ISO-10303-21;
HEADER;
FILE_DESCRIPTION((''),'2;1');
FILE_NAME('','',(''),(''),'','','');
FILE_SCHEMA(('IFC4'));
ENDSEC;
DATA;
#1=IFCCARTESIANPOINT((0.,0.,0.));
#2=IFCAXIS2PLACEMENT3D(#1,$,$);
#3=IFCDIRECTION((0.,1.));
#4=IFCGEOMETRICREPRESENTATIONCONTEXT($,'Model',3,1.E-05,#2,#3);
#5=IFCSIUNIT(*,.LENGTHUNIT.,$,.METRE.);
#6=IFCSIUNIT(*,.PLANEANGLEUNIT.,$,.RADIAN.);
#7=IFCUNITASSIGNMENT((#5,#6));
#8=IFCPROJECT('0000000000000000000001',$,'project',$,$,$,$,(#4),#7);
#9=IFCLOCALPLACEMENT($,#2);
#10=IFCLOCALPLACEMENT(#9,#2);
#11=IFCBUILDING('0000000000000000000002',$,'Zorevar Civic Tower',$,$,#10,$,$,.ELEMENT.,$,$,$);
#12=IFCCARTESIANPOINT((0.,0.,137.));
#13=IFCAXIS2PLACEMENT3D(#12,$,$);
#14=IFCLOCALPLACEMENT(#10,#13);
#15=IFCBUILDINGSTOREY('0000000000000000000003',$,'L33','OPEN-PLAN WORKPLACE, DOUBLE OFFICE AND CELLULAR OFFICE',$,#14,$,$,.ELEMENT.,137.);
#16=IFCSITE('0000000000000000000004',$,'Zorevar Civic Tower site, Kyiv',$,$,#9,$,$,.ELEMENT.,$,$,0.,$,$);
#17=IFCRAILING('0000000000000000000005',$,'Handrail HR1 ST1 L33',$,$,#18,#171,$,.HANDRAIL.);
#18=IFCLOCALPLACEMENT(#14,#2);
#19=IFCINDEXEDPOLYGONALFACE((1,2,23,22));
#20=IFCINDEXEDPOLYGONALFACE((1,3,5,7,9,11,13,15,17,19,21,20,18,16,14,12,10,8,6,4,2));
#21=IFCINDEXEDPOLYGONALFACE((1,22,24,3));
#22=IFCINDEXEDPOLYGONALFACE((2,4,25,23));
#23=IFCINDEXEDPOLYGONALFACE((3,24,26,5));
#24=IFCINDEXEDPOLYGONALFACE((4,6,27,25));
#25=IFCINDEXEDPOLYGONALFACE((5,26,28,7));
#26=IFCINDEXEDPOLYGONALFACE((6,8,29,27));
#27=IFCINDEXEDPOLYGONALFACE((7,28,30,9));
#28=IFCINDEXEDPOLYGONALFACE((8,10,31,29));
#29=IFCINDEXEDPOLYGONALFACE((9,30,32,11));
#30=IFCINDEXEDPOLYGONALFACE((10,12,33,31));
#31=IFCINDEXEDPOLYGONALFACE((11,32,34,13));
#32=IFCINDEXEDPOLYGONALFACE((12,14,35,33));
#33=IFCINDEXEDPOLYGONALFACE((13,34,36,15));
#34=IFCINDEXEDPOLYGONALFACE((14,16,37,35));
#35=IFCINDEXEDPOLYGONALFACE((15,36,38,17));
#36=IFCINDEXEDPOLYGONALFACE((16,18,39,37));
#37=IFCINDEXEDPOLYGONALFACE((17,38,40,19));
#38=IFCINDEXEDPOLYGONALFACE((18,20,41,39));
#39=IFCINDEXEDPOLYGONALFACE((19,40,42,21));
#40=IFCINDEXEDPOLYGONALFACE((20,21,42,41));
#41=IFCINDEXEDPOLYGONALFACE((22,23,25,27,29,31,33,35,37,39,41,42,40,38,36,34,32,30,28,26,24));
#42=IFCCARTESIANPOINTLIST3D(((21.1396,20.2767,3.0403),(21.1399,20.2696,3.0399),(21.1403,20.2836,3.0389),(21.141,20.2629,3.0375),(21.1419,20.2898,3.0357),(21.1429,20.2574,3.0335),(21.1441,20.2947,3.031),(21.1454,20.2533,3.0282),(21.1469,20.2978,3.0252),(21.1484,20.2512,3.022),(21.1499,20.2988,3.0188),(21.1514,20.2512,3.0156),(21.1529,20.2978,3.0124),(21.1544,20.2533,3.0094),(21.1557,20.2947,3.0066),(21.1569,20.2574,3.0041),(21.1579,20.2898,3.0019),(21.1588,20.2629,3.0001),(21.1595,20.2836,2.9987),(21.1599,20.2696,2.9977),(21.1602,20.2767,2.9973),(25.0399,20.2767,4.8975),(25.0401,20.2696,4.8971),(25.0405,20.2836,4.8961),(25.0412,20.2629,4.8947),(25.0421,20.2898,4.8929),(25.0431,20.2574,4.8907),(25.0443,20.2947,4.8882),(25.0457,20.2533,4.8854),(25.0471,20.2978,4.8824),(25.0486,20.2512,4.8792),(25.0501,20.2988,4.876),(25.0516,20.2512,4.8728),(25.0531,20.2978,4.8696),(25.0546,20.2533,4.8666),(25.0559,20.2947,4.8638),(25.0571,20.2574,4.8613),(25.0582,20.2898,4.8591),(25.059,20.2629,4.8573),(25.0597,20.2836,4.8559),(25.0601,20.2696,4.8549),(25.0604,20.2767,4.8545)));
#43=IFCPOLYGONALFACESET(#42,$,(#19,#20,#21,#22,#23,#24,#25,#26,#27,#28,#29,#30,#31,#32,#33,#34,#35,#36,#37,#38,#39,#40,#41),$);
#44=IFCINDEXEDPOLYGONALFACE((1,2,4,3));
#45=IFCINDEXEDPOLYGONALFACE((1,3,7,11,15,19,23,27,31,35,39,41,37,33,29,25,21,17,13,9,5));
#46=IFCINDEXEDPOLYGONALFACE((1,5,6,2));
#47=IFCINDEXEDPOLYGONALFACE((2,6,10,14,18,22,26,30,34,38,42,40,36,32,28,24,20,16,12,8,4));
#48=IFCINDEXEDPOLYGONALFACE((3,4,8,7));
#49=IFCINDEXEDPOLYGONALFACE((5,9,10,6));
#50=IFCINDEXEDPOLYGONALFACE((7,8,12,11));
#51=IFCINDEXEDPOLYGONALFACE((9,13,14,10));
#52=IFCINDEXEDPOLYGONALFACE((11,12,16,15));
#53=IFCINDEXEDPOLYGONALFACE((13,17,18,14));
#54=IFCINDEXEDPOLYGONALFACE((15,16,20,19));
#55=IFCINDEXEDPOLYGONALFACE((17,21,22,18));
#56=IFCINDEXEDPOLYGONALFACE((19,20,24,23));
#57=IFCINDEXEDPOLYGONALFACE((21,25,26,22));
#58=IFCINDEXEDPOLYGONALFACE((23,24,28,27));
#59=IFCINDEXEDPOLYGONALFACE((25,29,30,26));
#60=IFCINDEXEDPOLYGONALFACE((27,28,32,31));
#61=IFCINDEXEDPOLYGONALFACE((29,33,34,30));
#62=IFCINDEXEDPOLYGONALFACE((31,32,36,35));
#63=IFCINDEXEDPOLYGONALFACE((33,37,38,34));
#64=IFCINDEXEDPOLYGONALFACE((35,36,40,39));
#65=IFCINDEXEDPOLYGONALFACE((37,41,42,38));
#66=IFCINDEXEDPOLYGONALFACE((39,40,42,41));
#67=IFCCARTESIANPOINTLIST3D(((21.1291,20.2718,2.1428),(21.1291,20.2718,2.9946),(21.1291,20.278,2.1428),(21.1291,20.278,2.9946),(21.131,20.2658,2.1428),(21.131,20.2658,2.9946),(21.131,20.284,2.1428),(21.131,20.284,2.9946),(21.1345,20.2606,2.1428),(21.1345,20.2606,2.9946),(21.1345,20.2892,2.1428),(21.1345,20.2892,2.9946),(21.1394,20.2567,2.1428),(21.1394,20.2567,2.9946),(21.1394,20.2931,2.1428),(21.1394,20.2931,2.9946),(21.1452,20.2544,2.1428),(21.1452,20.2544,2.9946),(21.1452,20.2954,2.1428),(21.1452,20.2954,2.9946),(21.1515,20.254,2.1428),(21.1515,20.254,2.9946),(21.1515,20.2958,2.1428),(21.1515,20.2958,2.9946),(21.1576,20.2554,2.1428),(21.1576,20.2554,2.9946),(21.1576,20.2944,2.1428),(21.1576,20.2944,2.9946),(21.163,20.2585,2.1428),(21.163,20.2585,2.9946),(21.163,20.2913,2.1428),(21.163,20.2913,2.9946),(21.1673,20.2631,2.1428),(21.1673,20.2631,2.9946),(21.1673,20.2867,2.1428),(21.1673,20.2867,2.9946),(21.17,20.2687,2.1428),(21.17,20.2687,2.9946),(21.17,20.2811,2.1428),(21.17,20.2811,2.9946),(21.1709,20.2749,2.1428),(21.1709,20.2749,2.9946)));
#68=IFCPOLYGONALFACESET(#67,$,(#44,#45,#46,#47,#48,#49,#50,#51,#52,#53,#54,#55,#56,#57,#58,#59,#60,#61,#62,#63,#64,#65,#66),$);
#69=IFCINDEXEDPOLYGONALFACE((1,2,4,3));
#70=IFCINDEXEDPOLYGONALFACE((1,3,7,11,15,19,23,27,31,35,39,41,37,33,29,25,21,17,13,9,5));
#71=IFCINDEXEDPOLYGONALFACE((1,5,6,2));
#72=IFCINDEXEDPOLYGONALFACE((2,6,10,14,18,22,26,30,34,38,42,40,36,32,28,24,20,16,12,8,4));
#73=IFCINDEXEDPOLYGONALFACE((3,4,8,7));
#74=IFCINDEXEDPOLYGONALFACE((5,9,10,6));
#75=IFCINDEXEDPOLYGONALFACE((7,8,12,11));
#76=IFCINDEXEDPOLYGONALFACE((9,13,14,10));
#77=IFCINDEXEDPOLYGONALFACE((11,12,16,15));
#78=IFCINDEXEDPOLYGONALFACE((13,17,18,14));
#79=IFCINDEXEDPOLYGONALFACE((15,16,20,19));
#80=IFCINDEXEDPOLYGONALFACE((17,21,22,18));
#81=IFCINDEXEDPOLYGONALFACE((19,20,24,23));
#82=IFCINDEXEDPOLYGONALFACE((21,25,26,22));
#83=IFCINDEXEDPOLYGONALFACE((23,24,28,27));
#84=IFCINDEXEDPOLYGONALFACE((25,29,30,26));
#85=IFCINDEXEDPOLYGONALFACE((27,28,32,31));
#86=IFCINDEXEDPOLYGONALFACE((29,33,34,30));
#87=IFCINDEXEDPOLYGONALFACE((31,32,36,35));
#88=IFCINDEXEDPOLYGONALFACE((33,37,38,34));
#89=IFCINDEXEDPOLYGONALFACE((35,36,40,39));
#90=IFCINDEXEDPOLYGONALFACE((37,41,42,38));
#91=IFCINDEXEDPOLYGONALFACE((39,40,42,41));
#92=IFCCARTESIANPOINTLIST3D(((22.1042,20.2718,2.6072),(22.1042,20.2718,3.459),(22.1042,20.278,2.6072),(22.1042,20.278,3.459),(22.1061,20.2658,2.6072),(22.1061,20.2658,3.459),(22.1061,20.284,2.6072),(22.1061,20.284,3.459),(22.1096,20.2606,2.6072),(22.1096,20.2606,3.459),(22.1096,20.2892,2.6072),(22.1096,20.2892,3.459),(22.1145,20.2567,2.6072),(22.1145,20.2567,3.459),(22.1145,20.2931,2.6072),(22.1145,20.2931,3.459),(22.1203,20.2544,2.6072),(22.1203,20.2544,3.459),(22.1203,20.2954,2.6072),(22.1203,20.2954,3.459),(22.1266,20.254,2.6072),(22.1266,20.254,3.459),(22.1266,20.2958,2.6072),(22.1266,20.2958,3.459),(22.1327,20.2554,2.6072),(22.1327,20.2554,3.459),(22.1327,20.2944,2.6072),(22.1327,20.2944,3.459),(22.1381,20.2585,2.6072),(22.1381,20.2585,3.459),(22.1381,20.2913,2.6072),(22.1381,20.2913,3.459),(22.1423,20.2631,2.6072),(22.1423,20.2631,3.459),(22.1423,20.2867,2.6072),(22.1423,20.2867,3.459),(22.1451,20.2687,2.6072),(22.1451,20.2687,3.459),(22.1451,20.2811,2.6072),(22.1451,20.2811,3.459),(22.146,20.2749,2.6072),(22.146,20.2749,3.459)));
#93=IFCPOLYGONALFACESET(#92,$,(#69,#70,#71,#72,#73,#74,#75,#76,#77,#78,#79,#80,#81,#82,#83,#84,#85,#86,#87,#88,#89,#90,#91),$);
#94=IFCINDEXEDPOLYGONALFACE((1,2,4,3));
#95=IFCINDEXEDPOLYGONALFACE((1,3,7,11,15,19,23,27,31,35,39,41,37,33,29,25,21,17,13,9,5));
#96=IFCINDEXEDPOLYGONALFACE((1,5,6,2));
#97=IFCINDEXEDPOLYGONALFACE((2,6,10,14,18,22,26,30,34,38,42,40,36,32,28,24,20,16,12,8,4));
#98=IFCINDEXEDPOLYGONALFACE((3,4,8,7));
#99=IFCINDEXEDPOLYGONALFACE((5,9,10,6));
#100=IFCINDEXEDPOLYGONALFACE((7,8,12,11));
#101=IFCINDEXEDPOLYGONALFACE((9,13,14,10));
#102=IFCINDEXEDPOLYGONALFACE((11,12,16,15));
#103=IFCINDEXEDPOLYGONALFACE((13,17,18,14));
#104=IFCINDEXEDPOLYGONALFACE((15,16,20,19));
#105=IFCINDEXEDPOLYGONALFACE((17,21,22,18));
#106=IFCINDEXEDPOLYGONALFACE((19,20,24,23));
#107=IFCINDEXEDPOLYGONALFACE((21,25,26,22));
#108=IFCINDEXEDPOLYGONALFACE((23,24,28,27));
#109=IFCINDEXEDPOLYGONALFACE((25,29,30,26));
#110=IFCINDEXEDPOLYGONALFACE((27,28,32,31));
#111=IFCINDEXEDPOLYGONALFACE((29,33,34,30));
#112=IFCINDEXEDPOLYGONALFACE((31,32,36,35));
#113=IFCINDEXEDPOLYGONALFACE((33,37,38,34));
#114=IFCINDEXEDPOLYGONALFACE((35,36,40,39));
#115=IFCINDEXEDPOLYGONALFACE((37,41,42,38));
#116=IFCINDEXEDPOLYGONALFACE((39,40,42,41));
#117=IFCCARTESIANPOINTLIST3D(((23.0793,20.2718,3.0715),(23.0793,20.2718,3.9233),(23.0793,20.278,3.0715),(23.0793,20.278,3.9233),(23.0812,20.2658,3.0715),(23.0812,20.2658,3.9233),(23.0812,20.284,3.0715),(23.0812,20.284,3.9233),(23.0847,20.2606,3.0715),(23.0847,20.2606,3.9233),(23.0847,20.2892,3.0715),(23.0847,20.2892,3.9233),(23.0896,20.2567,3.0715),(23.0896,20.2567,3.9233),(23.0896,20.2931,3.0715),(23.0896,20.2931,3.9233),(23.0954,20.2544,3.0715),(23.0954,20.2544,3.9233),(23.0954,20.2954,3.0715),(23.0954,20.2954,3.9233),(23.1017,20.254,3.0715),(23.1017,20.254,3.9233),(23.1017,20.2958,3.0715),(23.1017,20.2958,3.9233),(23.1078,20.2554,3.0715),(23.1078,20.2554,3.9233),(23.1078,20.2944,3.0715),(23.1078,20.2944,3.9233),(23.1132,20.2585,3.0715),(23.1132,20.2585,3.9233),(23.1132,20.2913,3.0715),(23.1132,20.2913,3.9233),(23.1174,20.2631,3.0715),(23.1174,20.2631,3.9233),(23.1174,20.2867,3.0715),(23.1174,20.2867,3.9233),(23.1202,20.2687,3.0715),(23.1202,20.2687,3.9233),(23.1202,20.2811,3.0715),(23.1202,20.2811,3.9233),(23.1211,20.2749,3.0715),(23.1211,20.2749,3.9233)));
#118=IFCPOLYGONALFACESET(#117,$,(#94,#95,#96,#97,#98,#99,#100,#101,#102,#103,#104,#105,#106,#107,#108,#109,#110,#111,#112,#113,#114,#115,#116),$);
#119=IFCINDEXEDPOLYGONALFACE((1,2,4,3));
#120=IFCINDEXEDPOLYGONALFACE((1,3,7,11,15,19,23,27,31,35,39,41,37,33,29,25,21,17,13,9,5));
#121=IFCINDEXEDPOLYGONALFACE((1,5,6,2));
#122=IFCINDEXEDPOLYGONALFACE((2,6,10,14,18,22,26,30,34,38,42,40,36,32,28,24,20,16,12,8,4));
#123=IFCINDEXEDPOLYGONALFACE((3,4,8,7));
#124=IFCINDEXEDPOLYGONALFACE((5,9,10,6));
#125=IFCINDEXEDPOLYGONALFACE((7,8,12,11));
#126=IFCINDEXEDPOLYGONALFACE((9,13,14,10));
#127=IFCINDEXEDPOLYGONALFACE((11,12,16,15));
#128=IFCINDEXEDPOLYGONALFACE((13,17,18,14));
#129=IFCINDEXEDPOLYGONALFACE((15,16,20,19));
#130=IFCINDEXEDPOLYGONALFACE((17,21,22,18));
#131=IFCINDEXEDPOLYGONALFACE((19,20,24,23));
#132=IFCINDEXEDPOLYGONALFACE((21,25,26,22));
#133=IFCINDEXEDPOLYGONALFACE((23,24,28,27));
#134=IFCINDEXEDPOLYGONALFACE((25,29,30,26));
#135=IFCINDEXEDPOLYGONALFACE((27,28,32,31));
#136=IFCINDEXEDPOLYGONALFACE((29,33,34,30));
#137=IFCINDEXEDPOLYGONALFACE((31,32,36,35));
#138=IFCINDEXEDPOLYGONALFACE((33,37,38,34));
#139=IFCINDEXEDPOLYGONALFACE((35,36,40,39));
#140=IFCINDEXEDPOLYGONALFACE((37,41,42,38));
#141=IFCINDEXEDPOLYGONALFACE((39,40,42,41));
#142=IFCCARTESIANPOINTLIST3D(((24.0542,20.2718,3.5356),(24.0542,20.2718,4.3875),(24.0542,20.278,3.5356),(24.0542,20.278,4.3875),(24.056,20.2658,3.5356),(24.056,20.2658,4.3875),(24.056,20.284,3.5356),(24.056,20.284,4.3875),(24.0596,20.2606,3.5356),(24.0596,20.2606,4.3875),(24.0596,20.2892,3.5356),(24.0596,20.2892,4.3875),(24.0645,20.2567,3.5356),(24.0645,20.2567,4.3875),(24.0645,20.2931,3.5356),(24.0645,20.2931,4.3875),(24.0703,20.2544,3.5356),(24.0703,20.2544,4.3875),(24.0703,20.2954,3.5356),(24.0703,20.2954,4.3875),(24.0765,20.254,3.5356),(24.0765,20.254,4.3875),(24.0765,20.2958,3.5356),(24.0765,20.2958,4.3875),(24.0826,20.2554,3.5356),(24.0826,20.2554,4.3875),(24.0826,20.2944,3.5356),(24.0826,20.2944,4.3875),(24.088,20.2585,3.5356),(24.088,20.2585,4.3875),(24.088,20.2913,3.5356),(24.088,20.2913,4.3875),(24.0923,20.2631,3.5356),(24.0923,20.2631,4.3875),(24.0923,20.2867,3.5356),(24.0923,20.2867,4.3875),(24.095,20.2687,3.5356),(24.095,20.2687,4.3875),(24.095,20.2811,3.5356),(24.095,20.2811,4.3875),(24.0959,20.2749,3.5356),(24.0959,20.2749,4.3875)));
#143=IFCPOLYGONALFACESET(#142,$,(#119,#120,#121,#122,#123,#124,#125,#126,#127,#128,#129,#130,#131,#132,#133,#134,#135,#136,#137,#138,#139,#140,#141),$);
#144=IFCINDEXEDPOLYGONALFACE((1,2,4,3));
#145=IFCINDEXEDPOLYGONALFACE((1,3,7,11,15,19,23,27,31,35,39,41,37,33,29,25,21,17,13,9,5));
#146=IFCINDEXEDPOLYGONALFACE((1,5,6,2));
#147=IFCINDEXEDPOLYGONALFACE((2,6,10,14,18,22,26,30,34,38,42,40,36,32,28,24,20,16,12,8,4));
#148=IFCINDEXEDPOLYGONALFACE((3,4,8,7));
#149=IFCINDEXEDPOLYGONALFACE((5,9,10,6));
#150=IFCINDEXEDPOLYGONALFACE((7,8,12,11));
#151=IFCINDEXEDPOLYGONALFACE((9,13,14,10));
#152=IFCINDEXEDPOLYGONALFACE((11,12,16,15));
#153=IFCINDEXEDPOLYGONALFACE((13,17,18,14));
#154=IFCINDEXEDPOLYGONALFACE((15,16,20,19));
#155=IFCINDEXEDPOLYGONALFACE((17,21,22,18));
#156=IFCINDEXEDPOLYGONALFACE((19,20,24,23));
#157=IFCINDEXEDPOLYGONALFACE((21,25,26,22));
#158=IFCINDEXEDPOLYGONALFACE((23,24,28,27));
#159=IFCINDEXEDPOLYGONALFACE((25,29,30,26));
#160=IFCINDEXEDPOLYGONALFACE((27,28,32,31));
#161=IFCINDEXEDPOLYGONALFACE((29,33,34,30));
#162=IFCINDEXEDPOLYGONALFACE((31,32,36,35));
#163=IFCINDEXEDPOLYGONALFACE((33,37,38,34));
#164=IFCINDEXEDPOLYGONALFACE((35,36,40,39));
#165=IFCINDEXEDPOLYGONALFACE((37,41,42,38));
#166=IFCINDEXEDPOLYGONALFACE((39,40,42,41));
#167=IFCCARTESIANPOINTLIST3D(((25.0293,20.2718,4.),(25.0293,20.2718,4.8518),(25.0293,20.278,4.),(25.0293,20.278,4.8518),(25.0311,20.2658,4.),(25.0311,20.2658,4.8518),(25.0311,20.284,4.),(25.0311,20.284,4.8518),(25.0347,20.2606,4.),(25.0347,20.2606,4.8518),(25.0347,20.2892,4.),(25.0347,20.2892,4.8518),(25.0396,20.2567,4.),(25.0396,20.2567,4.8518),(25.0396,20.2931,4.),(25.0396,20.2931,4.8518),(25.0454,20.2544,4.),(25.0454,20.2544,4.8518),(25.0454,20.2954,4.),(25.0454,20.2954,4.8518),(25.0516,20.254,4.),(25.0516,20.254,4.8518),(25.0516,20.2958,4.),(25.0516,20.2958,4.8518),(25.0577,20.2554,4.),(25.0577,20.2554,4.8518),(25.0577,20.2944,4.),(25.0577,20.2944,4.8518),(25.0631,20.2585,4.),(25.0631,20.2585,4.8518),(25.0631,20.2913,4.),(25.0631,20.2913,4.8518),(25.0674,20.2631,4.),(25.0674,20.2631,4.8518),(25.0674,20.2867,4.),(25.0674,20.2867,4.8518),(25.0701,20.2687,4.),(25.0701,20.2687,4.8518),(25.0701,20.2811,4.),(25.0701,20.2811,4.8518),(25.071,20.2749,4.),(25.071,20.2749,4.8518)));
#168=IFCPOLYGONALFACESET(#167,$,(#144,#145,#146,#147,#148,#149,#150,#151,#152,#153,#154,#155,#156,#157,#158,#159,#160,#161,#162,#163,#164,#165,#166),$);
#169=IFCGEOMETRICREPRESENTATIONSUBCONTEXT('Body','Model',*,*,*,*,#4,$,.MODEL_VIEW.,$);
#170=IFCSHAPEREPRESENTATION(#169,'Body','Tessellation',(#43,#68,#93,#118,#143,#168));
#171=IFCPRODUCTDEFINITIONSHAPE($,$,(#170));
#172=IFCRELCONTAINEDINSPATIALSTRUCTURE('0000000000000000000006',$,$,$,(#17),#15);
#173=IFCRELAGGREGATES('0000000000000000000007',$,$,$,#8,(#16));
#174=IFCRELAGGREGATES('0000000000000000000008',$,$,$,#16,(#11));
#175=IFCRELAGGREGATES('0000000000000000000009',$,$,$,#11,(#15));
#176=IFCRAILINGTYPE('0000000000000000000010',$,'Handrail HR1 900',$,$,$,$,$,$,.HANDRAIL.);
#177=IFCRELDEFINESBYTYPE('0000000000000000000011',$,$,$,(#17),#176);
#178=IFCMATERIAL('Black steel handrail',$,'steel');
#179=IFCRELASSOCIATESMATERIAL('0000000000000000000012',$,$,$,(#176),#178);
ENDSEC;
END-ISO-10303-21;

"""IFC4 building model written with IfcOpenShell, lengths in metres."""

from ifc_helpers import new_model, si_unit, direction, frame, origin, origin_2d, place, context, subcontext, project, spatial, circle, extrude, material, type_object, element, save


model = new_model("IFC4")

# Units and contexts
model_context = context("Model", 3, precision=1e-05, world=origin(), true_north=direction((0.0, 1.0)))
body_context = subcontext(model_context, "Body", "Model", "MODEL_VIEW")
ifc_project = project(units=[si_unit("LENGTHUNIT", "METRE"), si_unit("PLANEANGLEUNIT", "RADIAN")], contexts=[model_context])

# Site, building, storey
site_placement = place(None, origin())
site = spatial("IfcSite", under=ifc_project, at=site_placement, Name="Zorevar Civic Tower site, Kyiv", CompositionType="ELEMENT", RefElevation=0.0)
building_placement = place(site_placement, origin())
building = spatial("IfcBuilding", under=site, at=building_placement, Name="Zorevar Civic Tower", CompositionType="ELEMENT")
storey_placement = place(building_placement, frame((0.0, 0.0, 137.0)))
storey = spatial("IfcBuildingStorey", under=building, at=storey_placement, Name="L33", Description="OPEN-PLAN WORKPLACE, DOUBLE OFFICE AND CELLULAR OFFICE", CompositionType="ELEMENT", Elevation=137.0)

# Railing
ifc_material_1 = material(Name="Black steel handrail", Category="steel")
railing_type = type_object("IfcRailingType", Name="Handrail HR1 900", PredefinedType="HANDRAIL", material=ifc_material_1)
railing_placement = place(storey_placement, frame((21.1499, 20.2749, 2.1428)))
element("IfcRailing", 1, at=railing_placement, inside=storey, type_object=railing_type, Name="Handrail HR1 ST1 L33", PredefinedType="HANDRAIL", context=body_context, shape_type="SweptSolid", body=[
    extrude(circle(Radius=0.0239, at=origin_2d()), frame((0.0, 0.0, 0.876), z_axis=(0.902864, 0.0, 0.429927), x_axis=(0.0, 1.0, 0.0)), (0.0, 0.0, 1.0), 4.3198),
    extrude(circle(Radius=0.021, at=origin_2d()), origin(), (0.0, 0.0, 1.0), 0.8518),
    extrude(circle(Radius=0.021, at=origin_2d()), frame((0.9751, 0.0, 0.4644)), (0.0, 0.0, 1.0), 0.8518),
    extrude(circle(Radius=0.021, at=origin_2d()), frame((1.9502, 0.0, 0.9287)), (0.0, 0.0, 1.0), 0.8518),
    extrude(circle(Radius=0.021, at=origin_2d()), frame((2.925, 0.0, 1.3928)), (0.0, 0.0, 1.0), 0.8518),
    extrude(circle(Radius=0.021, at=origin_2d()), frame((3.9001, 0.0, 1.8572)), (0.0, 0.0, 1.0), 0.8518),
])

save(model, "model.ifc")
